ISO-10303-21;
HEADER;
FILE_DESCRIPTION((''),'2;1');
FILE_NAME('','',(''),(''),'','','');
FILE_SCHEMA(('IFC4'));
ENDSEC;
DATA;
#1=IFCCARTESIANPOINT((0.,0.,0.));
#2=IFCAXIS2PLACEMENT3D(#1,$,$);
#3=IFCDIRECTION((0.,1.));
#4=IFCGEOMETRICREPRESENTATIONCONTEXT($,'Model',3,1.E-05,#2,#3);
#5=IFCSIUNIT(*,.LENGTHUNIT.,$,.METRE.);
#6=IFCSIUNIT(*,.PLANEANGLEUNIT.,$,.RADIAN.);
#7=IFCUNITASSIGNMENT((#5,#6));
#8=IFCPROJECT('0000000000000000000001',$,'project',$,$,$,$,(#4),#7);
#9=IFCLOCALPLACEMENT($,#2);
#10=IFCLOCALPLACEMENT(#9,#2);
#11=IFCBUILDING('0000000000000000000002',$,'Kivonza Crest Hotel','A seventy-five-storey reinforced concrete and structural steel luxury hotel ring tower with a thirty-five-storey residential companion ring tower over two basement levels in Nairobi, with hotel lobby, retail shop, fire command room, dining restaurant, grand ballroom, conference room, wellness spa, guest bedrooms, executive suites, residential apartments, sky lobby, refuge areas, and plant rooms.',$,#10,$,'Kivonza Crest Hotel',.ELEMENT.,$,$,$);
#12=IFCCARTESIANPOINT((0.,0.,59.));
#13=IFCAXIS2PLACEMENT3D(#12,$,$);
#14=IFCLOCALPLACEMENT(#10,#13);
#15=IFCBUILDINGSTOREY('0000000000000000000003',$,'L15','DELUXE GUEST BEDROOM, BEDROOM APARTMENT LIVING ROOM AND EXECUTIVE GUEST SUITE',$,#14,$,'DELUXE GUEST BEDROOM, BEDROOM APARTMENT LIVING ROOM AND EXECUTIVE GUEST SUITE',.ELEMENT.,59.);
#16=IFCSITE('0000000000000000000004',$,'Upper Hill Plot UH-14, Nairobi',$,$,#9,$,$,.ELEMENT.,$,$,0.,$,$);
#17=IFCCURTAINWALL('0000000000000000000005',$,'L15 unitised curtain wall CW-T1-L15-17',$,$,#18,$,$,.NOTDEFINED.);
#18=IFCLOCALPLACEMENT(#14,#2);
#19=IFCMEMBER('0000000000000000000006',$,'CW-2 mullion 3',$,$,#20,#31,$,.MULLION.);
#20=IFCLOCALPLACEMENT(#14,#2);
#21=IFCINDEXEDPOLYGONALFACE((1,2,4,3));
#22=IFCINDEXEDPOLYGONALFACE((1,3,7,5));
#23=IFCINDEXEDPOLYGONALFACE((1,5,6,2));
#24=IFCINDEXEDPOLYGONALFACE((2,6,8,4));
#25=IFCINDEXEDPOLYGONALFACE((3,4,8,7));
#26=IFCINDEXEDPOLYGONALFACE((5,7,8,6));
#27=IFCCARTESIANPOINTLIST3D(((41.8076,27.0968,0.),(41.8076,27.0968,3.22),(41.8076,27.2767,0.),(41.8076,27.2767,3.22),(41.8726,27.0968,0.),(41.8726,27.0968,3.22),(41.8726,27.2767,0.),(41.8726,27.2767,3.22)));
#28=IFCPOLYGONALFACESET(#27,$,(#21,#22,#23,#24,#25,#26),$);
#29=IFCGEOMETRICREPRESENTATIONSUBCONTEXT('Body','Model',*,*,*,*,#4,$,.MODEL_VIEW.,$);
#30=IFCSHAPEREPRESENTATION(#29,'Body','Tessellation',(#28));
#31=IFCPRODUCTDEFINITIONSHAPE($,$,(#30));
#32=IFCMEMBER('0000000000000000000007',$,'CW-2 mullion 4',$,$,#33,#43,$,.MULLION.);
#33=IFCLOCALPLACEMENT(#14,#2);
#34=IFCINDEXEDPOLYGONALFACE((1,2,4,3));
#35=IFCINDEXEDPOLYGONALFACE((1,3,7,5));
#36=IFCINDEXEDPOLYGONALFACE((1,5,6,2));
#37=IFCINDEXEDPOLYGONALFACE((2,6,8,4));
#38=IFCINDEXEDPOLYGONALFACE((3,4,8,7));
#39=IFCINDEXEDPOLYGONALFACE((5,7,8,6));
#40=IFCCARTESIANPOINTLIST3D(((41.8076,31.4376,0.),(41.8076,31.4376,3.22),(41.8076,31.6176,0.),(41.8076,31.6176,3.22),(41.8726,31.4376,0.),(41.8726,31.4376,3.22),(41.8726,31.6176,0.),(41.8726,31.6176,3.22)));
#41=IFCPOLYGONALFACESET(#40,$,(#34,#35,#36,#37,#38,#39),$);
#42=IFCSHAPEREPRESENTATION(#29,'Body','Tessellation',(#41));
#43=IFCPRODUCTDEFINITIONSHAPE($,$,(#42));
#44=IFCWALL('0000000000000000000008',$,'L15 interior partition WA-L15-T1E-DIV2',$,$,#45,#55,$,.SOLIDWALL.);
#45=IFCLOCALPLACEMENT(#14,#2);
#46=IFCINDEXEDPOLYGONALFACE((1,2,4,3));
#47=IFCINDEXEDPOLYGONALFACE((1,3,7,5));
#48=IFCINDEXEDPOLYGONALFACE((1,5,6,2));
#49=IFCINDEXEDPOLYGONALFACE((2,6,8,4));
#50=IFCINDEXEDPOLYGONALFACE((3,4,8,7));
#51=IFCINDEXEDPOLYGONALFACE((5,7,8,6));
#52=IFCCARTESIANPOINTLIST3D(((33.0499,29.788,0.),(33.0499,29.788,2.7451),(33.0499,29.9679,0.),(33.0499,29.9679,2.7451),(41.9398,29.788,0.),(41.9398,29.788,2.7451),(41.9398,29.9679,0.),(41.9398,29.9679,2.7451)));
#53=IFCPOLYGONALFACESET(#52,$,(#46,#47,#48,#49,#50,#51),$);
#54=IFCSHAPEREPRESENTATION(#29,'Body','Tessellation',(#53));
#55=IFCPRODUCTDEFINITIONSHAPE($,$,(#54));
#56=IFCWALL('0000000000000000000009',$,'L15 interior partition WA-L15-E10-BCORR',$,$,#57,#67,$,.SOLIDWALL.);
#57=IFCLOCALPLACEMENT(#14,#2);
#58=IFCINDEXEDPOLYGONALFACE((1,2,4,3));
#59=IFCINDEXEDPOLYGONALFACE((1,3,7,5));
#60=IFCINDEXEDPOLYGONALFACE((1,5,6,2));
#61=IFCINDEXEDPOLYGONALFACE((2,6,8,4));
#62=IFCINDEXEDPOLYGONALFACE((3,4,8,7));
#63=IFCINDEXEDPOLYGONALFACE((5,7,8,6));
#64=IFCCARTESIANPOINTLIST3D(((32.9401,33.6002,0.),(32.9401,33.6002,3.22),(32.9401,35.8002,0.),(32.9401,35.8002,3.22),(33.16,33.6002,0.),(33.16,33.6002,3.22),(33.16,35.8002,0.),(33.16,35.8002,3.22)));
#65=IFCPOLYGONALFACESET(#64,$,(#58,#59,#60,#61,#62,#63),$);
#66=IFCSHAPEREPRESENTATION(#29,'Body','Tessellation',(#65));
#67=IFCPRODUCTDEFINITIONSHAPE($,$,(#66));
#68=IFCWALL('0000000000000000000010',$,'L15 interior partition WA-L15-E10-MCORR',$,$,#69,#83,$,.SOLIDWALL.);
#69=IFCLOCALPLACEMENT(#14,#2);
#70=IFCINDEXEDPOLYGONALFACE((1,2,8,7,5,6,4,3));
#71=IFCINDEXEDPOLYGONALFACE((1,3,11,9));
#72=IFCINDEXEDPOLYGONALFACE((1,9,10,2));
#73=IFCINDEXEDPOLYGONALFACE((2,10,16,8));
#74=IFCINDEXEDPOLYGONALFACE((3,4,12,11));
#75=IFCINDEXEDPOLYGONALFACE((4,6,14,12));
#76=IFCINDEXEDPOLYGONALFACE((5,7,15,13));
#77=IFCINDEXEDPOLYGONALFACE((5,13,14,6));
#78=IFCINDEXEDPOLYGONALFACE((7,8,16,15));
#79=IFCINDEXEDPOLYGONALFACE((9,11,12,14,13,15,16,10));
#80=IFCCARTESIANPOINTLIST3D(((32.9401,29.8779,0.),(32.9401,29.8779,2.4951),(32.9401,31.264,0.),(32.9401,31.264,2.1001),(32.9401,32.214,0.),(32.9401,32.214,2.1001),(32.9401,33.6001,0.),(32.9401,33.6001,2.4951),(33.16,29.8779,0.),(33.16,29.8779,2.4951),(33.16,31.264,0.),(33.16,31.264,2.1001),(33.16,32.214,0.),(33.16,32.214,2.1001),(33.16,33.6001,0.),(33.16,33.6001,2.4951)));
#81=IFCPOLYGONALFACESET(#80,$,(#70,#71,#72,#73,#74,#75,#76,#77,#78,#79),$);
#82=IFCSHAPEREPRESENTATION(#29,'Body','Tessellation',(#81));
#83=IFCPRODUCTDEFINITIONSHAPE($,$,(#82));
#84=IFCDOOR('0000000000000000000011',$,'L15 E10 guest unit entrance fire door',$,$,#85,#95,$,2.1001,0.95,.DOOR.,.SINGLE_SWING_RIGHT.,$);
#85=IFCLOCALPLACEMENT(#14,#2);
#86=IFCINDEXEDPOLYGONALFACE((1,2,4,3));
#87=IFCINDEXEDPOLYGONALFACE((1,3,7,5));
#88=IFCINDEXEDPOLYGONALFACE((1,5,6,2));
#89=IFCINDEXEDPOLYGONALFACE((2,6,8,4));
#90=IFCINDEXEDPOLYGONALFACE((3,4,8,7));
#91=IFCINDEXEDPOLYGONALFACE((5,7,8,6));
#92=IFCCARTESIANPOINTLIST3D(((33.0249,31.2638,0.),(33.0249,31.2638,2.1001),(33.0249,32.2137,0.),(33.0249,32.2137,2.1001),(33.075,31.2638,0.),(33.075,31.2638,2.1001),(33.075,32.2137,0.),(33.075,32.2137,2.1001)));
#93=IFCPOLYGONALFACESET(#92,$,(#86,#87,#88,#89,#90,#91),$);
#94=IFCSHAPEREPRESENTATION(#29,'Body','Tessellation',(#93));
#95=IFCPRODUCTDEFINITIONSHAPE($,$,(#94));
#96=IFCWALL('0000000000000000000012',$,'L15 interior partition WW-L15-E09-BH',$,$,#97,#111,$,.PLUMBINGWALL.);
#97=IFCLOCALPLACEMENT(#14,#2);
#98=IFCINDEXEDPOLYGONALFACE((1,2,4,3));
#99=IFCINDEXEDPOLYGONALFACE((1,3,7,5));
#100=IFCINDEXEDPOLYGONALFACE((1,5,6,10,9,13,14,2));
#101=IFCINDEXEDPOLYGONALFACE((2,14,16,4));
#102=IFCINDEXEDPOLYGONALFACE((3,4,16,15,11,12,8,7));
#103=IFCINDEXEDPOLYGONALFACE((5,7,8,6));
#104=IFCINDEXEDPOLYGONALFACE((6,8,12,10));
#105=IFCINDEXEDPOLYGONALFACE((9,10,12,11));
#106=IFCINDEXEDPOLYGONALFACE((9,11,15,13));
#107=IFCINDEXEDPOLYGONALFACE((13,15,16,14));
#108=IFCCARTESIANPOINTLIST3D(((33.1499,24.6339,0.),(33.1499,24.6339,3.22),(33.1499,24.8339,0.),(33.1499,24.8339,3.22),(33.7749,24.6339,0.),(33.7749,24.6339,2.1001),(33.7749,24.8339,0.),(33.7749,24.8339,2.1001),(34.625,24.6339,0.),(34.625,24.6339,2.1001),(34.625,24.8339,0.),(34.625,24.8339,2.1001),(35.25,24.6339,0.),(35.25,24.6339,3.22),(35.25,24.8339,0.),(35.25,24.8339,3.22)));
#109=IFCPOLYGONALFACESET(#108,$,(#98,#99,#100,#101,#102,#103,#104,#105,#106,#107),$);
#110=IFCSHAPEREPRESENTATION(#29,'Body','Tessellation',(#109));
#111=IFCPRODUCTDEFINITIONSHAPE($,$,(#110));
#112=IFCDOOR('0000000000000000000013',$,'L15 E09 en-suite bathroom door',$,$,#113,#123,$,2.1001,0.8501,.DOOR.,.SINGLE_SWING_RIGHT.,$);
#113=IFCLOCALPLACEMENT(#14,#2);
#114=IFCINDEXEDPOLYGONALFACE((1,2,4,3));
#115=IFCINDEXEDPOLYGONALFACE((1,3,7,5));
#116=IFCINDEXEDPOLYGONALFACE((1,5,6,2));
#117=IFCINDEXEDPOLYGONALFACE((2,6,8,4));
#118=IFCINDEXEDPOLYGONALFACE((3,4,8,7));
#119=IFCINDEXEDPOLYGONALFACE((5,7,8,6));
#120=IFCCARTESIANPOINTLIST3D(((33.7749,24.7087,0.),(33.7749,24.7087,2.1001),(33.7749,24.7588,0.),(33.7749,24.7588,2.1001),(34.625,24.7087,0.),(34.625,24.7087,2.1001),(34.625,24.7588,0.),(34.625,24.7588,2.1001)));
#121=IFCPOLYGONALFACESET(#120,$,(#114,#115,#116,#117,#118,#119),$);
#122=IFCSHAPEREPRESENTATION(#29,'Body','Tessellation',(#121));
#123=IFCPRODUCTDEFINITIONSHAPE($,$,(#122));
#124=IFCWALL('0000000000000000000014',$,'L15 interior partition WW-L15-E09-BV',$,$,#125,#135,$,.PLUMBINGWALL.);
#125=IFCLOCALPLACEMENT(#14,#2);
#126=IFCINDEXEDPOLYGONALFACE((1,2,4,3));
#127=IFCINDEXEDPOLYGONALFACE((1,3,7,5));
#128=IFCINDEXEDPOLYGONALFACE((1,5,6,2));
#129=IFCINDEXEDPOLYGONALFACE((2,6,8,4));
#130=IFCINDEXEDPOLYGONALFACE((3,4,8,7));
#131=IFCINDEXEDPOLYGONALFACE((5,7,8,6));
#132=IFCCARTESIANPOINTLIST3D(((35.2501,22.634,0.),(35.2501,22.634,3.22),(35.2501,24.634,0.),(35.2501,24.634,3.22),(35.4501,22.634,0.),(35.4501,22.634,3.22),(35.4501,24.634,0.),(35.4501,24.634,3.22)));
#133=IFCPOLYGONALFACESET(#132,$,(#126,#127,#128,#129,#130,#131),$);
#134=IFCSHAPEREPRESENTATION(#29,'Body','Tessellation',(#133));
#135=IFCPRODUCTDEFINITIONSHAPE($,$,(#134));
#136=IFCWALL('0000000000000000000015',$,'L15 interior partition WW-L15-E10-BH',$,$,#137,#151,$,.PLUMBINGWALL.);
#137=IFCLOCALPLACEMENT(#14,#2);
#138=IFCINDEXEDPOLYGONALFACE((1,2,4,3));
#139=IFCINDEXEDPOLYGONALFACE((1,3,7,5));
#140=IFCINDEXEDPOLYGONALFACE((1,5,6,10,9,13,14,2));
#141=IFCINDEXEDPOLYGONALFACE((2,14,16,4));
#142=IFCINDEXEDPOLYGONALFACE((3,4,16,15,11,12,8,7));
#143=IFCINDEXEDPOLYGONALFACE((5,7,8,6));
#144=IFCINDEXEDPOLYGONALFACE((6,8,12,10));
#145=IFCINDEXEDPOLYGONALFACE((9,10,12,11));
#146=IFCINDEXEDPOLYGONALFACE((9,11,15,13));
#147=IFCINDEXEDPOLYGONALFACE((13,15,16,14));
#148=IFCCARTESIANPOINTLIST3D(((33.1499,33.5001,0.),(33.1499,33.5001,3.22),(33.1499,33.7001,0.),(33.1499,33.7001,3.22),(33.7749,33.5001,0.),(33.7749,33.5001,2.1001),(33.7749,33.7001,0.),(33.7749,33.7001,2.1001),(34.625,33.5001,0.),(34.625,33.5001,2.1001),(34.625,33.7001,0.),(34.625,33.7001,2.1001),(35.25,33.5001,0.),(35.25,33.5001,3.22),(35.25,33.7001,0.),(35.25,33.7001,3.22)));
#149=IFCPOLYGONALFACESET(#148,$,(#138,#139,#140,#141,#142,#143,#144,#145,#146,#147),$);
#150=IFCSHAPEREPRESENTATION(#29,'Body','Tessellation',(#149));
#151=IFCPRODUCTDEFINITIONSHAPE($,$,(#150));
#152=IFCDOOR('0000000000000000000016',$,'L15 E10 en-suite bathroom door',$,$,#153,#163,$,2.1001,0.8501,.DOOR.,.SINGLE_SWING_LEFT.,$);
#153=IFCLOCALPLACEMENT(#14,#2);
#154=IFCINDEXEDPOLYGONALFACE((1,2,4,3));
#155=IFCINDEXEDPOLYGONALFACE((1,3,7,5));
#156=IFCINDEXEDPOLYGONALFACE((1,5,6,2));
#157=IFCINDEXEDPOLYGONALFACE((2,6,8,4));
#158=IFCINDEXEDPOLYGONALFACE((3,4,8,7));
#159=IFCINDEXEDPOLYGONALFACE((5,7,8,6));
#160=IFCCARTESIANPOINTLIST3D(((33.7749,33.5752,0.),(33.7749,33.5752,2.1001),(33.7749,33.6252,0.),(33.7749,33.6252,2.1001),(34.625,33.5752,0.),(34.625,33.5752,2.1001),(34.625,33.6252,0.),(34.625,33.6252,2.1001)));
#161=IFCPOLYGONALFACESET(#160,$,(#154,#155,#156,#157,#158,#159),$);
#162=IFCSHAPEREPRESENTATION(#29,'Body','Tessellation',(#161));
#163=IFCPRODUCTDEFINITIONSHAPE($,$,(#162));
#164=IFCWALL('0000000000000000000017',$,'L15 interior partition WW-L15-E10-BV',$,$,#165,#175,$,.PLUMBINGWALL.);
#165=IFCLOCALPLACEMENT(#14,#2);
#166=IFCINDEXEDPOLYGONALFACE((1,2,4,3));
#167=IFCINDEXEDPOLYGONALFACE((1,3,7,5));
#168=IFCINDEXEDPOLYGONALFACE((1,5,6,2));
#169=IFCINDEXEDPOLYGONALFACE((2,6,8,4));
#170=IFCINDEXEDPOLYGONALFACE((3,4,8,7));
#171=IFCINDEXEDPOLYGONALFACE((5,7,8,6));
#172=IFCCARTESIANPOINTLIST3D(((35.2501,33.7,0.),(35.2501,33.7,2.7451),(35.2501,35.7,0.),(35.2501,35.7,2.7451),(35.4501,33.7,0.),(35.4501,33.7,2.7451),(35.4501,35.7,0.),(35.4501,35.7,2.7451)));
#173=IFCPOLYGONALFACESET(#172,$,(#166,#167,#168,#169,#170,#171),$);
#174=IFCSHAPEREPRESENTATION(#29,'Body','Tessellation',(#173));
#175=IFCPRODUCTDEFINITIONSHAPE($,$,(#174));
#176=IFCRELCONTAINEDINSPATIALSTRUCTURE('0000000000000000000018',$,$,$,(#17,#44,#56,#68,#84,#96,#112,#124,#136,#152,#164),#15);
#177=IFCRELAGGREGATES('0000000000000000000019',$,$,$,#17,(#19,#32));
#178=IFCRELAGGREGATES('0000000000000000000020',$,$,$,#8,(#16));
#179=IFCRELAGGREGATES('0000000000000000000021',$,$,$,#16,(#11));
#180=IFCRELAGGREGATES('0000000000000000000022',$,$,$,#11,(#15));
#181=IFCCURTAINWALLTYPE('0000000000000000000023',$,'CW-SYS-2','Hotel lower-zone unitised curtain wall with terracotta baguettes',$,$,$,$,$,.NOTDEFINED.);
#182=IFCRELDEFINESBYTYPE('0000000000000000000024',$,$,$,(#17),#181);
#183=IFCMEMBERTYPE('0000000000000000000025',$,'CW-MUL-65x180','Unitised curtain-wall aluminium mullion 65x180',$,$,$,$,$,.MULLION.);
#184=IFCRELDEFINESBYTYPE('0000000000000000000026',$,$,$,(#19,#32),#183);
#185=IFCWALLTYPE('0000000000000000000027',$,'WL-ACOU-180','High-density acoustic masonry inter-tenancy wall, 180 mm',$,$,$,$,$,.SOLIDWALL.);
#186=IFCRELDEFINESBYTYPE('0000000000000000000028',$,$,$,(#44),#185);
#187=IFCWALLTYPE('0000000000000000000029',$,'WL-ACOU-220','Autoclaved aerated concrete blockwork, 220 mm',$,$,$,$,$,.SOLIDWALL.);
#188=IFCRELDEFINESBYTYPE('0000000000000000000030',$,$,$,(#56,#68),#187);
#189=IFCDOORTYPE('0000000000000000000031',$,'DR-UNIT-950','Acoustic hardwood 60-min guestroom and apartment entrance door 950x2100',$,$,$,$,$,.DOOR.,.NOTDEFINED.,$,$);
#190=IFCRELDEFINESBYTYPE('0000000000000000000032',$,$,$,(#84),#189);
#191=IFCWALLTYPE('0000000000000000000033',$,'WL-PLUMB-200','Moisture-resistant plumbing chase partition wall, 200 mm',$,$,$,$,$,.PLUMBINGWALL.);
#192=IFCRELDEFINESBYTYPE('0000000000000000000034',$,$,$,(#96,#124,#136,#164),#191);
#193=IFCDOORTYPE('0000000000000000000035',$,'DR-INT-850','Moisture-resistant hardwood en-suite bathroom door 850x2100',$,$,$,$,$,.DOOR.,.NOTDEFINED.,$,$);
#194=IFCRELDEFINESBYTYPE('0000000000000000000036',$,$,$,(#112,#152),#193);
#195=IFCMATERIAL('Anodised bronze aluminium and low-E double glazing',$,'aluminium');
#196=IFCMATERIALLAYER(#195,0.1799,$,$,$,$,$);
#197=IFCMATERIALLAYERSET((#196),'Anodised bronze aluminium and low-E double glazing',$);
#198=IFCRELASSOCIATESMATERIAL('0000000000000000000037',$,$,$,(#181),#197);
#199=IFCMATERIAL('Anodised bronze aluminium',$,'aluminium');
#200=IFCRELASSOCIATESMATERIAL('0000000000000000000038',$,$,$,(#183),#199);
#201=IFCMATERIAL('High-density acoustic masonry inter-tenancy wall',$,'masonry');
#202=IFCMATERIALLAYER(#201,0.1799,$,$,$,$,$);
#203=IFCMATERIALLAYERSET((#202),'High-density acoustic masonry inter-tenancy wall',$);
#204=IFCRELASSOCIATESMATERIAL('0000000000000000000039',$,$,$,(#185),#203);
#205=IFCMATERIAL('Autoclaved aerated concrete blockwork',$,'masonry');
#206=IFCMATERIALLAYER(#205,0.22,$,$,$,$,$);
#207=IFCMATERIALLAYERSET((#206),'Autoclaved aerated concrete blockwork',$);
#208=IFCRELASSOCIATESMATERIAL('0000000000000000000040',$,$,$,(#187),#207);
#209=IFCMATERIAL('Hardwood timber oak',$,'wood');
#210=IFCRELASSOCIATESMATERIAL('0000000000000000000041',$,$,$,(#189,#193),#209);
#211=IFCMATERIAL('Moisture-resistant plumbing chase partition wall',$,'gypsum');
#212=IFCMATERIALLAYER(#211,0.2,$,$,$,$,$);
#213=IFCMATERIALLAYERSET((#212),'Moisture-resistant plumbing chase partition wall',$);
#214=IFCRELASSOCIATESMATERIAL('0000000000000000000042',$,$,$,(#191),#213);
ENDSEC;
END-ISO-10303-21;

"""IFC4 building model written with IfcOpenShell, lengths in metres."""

from ifc_helpers import new_model, si_unit, direction, frame, frame_2d, origin, origin_2d, place, context, subcontext, project, spatial, rectangle, extrude, material, layer, layer_set, material_profile, profile_set, type_object, element, fill, aggregate, save


model = new_model("IFC4")

# Units and contexts
model_context = context("Model", 3, precision=1e-05, world=origin(), true_north=direction((0.0, 1.0)))
body_context = subcontext(model_context, "Body", "Model", "MODEL_VIEW")
ifc_project = project(units=[si_unit("LENGTHUNIT", "METRE"), si_unit("PLANEANGLEUNIT", "RADIAN")], contexts=[model_context])

# Site, building, storey
site_placement = place(None, origin())
site = spatial("IfcSite", under=ifc_project, at=site_placement, Name="Upper Hill Plot UH-14, Nairobi", CompositionType="ELEMENT", RefElevation=0.0)
building_placement = place(site_placement, origin())
building = spatial("IfcBuilding", under=site, at=building_placement, Name="Kivonza Crest Hotel", Description="A seventy-five-storey reinforced concrete and structural steel luxury hotel ring tower with a thirty-five-storey residential companion ring tower over two basement levels in Nairobi, with hotel lobby, retail shop, fire command room, dining restaurant, grand ballroom, conference room, wellness spa, guest bedrooms, executive suites, residential apartments, sky lobby, refuge areas, and plant rooms.", LongName="Kivonza Crest Hotel", CompositionType="ELEMENT")
storey_placement = place(building_placement, frame((0.0, 0.0, 59.0)))
storey = spatial("IfcBuildingStorey", under=building, at=storey_placement, Name="L15", Description="DELUXE GUEST BEDROOM, BEDROOM APARTMENT LIVING ROOM AND EXECUTIVE GUEST SUITE", LongName="DELUXE GUEST BEDROOM, BEDROOM APARTMENT LIVING ROOM AND EXECUTIVE GUEST SUITE", CompositionType="ELEMENT", Elevation=59.0)

# Curtain wall, members
ifc_material_1 = material(Name="Anodised bronze aluminium and low-E double glazing", Category="aluminium")
ifc_layer_1 = layer(ifc_material_1, 0.1799)
ifc_layer_set_1 = layer_set([ifc_layer_1], Name="Anodised bronze aluminium and low-E double glazing")
curtain_wall_type = type_object("IfcCurtainWallType", Name="CW-SYS-2", Description="Hotel lower-zone unitised curtain wall with terracotta baguettes", PredefinedType="NOTDEFINED", material=ifc_layer_set_1)
curtain_wall_placement = place(storey_placement, origin())
curtain_wall = element("IfcCurtainWall", 1, at=curtain_wall_placement, inside=storey, type_object=curtain_wall_type, Name="L15 unitised curtain wall CW-T1-L15-17", PredefinedType="NOTDEFINED")
ifc_material_2 = material(Name="Anodised bronze aluminium", Category="aluminium")
ifc_material_profile_1 = material_profile(ifc_material_2, rectangle(XDim=0.0649, YDim=0.1799, at=origin_2d()), Name="CW-M 65x180")
ifc_profile_set_1 = profile_set([ifc_material_profile_1], Name="Anodised bronze aluminium")
member_type = type_object("IfcMemberType", Name="CW-MUL-65x180", Description="Unitised curtain-wall aluminium mullion 65x180", PredefinedType="MULLION", material=ifc_profile_set_1)
member_1_placement = place(storey_placement, frame((41.8401, 27.1868, 0.0), z_axis=(0.0, 0.0, 1.0), x_axis=(-1.0, 0.0, 0.0)))
member_1 = element("IfcMember", 2, at=member_1_placement, type_object=member_type, Name="CW-2 mullion 3", PredefinedType="MULLION", context=body_context, shape_type="SweptSolid", body=[
    extrude(rectangle(XDim=0.0649, YDim=0.1799, at=origin_2d()), origin(), (0.0, 0.0, 1.0), 3.22),
])
member_2_placement = place(storey_placement, frame((41.8401, 31.5276, 0.0), z_axis=(0.0, 0.0, 1.0), x_axis=(-1.0, 0.0, 0.0)))
member_2 = element("IfcMember", 3, at=member_2_placement, type_object=member_type, Name="CW-2 mullion 4", PredefinedType="MULLION", context=body_context, shape_type="SweptSolid", body=[
    extrude(rectangle(XDim=0.0649, YDim=0.1799, at=origin_2d()), origin(), (0.0, 0.0, 1.0), 3.22),
])
aggregate(curtain_wall, [member_1, member_2])

# Walls
ifc_material_3 = material(Name="High-density acoustic masonry inter-tenancy wall", Category="masonry")
ifc_layer_2 = layer(ifc_material_3, 0.1799)
ifc_layer_set_2 = layer_set([ifc_layer_2], Name="High-density acoustic masonry inter-tenancy wall")
wall_type_1 = type_object("IfcWallType", Name="WL-ACOU-180", Description="High-density acoustic masonry inter-tenancy wall, 180 mm", PredefinedType="SOLIDWALL", material=ifc_layer_set_2)
wall_1_placement = place(storey_placement, frame((33.05, 29.8779, 0.0), z_axis=(0.0, 0.0, 1.0), x_axis=(1.0, 0.0, 0.0)))
element("IfcWall", 4, at=wall_1_placement, inside=storey, type_object=wall_type_1, Name="L15 interior partition WA-L15-T1E-DIV2", PredefinedType="SOLIDWALL", context=body_context, shape_type="SweptSolid", body=[
    extrude(rectangle(XDim=8.8899, YDim=0.1799, at=frame_2d((4.4448, 0.0))), origin(), (0.0, 0.0, 1.0), 2.7451),
])
ifc_material_4 = material(Name="Autoclaved aerated concrete blockwork", Category="masonry")
ifc_layer_3 = layer(ifc_material_4, 0.22)
ifc_layer_set_3 = layer_set([ifc_layer_3], Name="Autoclaved aerated concrete blockwork")
wall_type_2 = type_object("IfcWallType", Name="WL-ACOU-220", Description="Autoclaved aerated concrete blockwork, 220 mm", PredefinedType="SOLIDWALL", material=ifc_layer_set_3)
wall_2_placement = place(storey_placement, frame((33.05, 33.6001, 0.0), z_axis=(0.0, 0.0, 1.0), x_axis=(0.0, 1.0, 0.0)))
element("IfcWall", 5, at=wall_2_placement, inside=storey, type_object=wall_type_2, Name="L15 interior partition WA-L15-E10-BCORR", PredefinedType="SOLIDWALL", context=body_context, shape_type="SweptSolid", body=[
    extrude(rectangle(XDim=2.2, YDim=0.22, at=frame_2d((1.1001, 0.0))), origin(), (0.0, 0.0, 1.0), 3.22),
])

# Walls, openings, doors
wall_3_placement = place(storey_placement, frame((33.05, 29.8779, 0.0), z_axis=(0.0, 0.0, 1.0), x_axis=(0.0, 1.0, 0.0)))
wall_3 = element("IfcWall", 6, at=wall_3_placement, inside=storey, type_object=wall_type_2, Name="L15 interior partition WA-L15-E10-MCORR", PredefinedType="SOLIDWALL", context=body_context, shape_type="SweptSolid", body=[
    extrude(rectangle(XDim=3.7222, YDim=0.22, at=frame_2d((1.8611, 0.0))), origin(), (0.0, 0.0, 1.0), 2.4951),
])
opening_1_placement = place(wall_3_placement, frame((1.386, 0.0, 0.0)))
opening_1 = element("IfcOpeningElement", 7, at=opening_1_placement, cuts=wall_3, PredefinedType="OPENING", context=body_context, shape_type="SweptSolid", body=[
    extrude(rectangle(XDim=0.95, YDim=2.1001, at=frame_2d((0.4751, 1.05))), frame((0.0, 0.1201, 0.0), z_axis=(0.0, -1.0, 0.0), x_axis=(1.0, 0.0, 0.0)), (0.0, 0.0, 1.0), 0.24),
])
ifc_material_5 = material(Name="Hardwood timber oak", Category="wood")
door_type_1 = type_object("IfcDoorType", Name="DR-UNIT-950", Description="Acoustic hardwood 60-min guestroom and apartment entrance door 950x2100", OperationType="NOTDEFINED", PredefinedType="DOOR", material=ifc_material_5)
door_1_placement = place(opening_1_placement, frame((0.95, 0.0, 0.0), z_axis=(0.0, 0.0, 1.0), x_axis=(-1.0, 0.0, 0.0)))
door_1 = element("IfcDoor", 8, at=door_1_placement, inside=storey, type_object=door_type_1, Name="L15 E10 guest unit entrance fire door", OperationType="SINGLE_SWING_RIGHT", OverallHeight=2.1001, OverallWidth=0.95, PredefinedType="DOOR", context=body_context, shape_type="SweptSolid", body=[
    extrude(rectangle(XDim=0.95, YDim=2.1001, at=frame_2d((0.4751, 1.05))), frame((0.0, 0.0249, 0.0), z_axis=(0.0, -1.0, 0.0), x_axis=(1.0, 0.0, 0.0)), (0.0, 0.0, 1.0), 0.05),
])
fill(opening_1, door_1)
ifc_material_6 = material(Name="Moisture-resistant plumbing chase partition wall", Category="gypsum")
ifc_layer_4 = layer(ifc_material_6, 0.2)
ifc_layer_set_4 = layer_set([ifc_layer_4], Name="Moisture-resistant plumbing chase partition wall")
wall_type_3 = type_object("IfcWallType", Name="WL-PLUMB-200", Description="Moisture-resistant plumbing chase partition wall, 200 mm", PredefinedType="PLUMBINGWALL", material=ifc_layer_set_4)
wall_4_placement = place(storey_placement, frame((33.1499, 24.7339, 0.0), z_axis=(0.0, 0.0, 1.0), x_axis=(1.0, 0.0, 0.0)))
wall_4 = element("IfcWall", 9, at=wall_4_placement, inside=storey, type_object=wall_type_3, Name="L15 interior partition WW-L15-E09-BH", PredefinedType="PLUMBINGWALL", context=body_context, shape_type="SweptSolid", body=[
    extrude(rectangle(XDim=2.1001, YDim=0.2, at=frame_2d((1.05, 0.0))), origin(), (0.0, 0.0, 1.0), 3.22),
])
opening_2_placement = place(wall_4_placement, frame((0.625, 0.0, 0.0)))
opening_2 = element("IfcOpeningElement", 10, at=opening_2_placement, cuts=wall_4, PredefinedType="OPENING", context=body_context, shape_type="SweptSolid", body=[
    extrude(rectangle(XDim=0.8501, YDim=2.1001, at=frame_2d((0.425, 1.05))), frame((0.0, 0.1099, 0.0), z_axis=(0.0, -1.0, 0.0), x_axis=(1.0, 0.0, 0.0)), (0.0, 0.0, 1.0), 0.22),
])
door_type_2 = type_object("IfcDoorType", Name="DR-INT-850", Description="Moisture-resistant hardwood en-suite bathroom door 850x2100", OperationType="NOTDEFINED", PredefinedType="DOOR", material=ifc_material_5)
door_2_placement = place(opening_2_placement, origin())
door_2 = element("IfcDoor", 11, at=door_2_placement, inside=storey, type_object=door_type_2, Name="L15 E09 en-suite bathroom door", OperationType="SINGLE_SWING_RIGHT", OverallHeight=2.1001, OverallWidth=0.8501, PredefinedType="DOOR", context=body_context, shape_type="SweptSolid", body=[
    extrude(rectangle(XDim=0.8501, YDim=2.1001, at=frame_2d((0.425, 1.05))), frame((0.0, 0.0249, 0.0), z_axis=(0.0, -1.0, 0.0), x_axis=(1.0, 0.0, 0.0)), (0.0, 0.0, 1.0), 0.05),
])
fill(opening_2, door_2)

# Wall
wall_5_placement = place(storey_placement, frame((35.3501, 22.634, 0.0), z_axis=(0.0, 0.0, 1.0), x_axis=(0.0, 1.0, 0.0)))
element("IfcWall", 12, at=wall_5_placement, inside=storey, type_object=wall_type_3, Name="L15 interior partition WW-L15-E09-BV", PredefinedType="PLUMBINGWALL", context=body_context, shape_type="SweptSolid", body=[
    extrude(rectangle(XDim=2.0, YDim=0.2, at=frame_2d((1.0, 0.0))), origin(), (0.0, 0.0, 1.0), 3.22),
])

# Wall, opening, door
wall_6_placement = place(storey_placement, frame((33.1499, 33.6001, 0.0), z_axis=(0.0, 0.0, 1.0), x_axis=(1.0, 0.0, 0.0)))
wall_6 = element("IfcWall", 13, at=wall_6_placement, inside=storey, type_object=wall_type_3, Name="L15 interior partition WW-L15-E10-BH", PredefinedType="PLUMBINGWALL", context=body_context, shape_type="SweptSolid", body=[
    extrude(rectangle(XDim=2.1001, YDim=0.2, at=frame_2d((1.05, 0.0))), origin(), (0.0, 0.0, 1.0), 3.22),
])
opening_3_placement = place(wall_6_placement, frame((0.625, 0.0, 0.0)))
opening_3 = element("IfcOpeningElement", 14, at=opening_3_placement, cuts=wall_6, PredefinedType="OPENING", context=body_context, shape_type="SweptSolid", body=[
    extrude(rectangle(XDim=0.8501, YDim=2.1001, at=frame_2d((0.425, 1.05))), frame((0.0, 0.1099, 0.0), z_axis=(0.0, -1.0, 0.0), x_axis=(1.0, 0.0, 0.0)), (0.0, 0.0, 1.0), 0.22),
])
door_3_placement = place(opening_3_placement, frame((0.8501, 0.0, 0.0), z_axis=(0.0, 0.0, 1.0), x_axis=(-1.0, 0.0, 0.0)))
door_3 = element("IfcDoor", 15, at=door_3_placement, inside=storey, type_object=door_type_2, Name="L15 E10 en-suite bathroom door", OperationType="SINGLE_SWING_LEFT", OverallHeight=2.1001, OverallWidth=0.8501, PredefinedType="DOOR", context=body_context, shape_type="SweptSolid", body=[
    extrude(rectangle(XDim=0.8501, YDim=2.1001, at=frame_2d((0.425, 1.05))), frame((0.0, 0.0249, 0.0), z_axis=(0.0, -1.0, 0.0), x_axis=(1.0, 0.0, 0.0)), (0.0, 0.0, 1.0), 0.05),
])
fill(opening_3, door_3)

# Wall
wall_7_placement = place(storey_placement, frame((35.3501, 33.7, 0.0), z_axis=(0.0, 0.0, 1.0), x_axis=(0.0, 1.0, 0.0)))
element("IfcWall", 16, at=wall_7_placement, inside=storey, type_object=wall_type_3, Name="L15 interior partition WW-L15-E10-BV", PredefinedType="PLUMBINGWALL", context=body_context, shape_type="SweptSolid", body=[
    extrude(rectangle(XDim=2.0, YDim=0.2, at=frame_2d((1.0, 0.0))), origin(), (0.0, 0.0, 1.0), 2.7451),
])

save(model, "model.ifc")
